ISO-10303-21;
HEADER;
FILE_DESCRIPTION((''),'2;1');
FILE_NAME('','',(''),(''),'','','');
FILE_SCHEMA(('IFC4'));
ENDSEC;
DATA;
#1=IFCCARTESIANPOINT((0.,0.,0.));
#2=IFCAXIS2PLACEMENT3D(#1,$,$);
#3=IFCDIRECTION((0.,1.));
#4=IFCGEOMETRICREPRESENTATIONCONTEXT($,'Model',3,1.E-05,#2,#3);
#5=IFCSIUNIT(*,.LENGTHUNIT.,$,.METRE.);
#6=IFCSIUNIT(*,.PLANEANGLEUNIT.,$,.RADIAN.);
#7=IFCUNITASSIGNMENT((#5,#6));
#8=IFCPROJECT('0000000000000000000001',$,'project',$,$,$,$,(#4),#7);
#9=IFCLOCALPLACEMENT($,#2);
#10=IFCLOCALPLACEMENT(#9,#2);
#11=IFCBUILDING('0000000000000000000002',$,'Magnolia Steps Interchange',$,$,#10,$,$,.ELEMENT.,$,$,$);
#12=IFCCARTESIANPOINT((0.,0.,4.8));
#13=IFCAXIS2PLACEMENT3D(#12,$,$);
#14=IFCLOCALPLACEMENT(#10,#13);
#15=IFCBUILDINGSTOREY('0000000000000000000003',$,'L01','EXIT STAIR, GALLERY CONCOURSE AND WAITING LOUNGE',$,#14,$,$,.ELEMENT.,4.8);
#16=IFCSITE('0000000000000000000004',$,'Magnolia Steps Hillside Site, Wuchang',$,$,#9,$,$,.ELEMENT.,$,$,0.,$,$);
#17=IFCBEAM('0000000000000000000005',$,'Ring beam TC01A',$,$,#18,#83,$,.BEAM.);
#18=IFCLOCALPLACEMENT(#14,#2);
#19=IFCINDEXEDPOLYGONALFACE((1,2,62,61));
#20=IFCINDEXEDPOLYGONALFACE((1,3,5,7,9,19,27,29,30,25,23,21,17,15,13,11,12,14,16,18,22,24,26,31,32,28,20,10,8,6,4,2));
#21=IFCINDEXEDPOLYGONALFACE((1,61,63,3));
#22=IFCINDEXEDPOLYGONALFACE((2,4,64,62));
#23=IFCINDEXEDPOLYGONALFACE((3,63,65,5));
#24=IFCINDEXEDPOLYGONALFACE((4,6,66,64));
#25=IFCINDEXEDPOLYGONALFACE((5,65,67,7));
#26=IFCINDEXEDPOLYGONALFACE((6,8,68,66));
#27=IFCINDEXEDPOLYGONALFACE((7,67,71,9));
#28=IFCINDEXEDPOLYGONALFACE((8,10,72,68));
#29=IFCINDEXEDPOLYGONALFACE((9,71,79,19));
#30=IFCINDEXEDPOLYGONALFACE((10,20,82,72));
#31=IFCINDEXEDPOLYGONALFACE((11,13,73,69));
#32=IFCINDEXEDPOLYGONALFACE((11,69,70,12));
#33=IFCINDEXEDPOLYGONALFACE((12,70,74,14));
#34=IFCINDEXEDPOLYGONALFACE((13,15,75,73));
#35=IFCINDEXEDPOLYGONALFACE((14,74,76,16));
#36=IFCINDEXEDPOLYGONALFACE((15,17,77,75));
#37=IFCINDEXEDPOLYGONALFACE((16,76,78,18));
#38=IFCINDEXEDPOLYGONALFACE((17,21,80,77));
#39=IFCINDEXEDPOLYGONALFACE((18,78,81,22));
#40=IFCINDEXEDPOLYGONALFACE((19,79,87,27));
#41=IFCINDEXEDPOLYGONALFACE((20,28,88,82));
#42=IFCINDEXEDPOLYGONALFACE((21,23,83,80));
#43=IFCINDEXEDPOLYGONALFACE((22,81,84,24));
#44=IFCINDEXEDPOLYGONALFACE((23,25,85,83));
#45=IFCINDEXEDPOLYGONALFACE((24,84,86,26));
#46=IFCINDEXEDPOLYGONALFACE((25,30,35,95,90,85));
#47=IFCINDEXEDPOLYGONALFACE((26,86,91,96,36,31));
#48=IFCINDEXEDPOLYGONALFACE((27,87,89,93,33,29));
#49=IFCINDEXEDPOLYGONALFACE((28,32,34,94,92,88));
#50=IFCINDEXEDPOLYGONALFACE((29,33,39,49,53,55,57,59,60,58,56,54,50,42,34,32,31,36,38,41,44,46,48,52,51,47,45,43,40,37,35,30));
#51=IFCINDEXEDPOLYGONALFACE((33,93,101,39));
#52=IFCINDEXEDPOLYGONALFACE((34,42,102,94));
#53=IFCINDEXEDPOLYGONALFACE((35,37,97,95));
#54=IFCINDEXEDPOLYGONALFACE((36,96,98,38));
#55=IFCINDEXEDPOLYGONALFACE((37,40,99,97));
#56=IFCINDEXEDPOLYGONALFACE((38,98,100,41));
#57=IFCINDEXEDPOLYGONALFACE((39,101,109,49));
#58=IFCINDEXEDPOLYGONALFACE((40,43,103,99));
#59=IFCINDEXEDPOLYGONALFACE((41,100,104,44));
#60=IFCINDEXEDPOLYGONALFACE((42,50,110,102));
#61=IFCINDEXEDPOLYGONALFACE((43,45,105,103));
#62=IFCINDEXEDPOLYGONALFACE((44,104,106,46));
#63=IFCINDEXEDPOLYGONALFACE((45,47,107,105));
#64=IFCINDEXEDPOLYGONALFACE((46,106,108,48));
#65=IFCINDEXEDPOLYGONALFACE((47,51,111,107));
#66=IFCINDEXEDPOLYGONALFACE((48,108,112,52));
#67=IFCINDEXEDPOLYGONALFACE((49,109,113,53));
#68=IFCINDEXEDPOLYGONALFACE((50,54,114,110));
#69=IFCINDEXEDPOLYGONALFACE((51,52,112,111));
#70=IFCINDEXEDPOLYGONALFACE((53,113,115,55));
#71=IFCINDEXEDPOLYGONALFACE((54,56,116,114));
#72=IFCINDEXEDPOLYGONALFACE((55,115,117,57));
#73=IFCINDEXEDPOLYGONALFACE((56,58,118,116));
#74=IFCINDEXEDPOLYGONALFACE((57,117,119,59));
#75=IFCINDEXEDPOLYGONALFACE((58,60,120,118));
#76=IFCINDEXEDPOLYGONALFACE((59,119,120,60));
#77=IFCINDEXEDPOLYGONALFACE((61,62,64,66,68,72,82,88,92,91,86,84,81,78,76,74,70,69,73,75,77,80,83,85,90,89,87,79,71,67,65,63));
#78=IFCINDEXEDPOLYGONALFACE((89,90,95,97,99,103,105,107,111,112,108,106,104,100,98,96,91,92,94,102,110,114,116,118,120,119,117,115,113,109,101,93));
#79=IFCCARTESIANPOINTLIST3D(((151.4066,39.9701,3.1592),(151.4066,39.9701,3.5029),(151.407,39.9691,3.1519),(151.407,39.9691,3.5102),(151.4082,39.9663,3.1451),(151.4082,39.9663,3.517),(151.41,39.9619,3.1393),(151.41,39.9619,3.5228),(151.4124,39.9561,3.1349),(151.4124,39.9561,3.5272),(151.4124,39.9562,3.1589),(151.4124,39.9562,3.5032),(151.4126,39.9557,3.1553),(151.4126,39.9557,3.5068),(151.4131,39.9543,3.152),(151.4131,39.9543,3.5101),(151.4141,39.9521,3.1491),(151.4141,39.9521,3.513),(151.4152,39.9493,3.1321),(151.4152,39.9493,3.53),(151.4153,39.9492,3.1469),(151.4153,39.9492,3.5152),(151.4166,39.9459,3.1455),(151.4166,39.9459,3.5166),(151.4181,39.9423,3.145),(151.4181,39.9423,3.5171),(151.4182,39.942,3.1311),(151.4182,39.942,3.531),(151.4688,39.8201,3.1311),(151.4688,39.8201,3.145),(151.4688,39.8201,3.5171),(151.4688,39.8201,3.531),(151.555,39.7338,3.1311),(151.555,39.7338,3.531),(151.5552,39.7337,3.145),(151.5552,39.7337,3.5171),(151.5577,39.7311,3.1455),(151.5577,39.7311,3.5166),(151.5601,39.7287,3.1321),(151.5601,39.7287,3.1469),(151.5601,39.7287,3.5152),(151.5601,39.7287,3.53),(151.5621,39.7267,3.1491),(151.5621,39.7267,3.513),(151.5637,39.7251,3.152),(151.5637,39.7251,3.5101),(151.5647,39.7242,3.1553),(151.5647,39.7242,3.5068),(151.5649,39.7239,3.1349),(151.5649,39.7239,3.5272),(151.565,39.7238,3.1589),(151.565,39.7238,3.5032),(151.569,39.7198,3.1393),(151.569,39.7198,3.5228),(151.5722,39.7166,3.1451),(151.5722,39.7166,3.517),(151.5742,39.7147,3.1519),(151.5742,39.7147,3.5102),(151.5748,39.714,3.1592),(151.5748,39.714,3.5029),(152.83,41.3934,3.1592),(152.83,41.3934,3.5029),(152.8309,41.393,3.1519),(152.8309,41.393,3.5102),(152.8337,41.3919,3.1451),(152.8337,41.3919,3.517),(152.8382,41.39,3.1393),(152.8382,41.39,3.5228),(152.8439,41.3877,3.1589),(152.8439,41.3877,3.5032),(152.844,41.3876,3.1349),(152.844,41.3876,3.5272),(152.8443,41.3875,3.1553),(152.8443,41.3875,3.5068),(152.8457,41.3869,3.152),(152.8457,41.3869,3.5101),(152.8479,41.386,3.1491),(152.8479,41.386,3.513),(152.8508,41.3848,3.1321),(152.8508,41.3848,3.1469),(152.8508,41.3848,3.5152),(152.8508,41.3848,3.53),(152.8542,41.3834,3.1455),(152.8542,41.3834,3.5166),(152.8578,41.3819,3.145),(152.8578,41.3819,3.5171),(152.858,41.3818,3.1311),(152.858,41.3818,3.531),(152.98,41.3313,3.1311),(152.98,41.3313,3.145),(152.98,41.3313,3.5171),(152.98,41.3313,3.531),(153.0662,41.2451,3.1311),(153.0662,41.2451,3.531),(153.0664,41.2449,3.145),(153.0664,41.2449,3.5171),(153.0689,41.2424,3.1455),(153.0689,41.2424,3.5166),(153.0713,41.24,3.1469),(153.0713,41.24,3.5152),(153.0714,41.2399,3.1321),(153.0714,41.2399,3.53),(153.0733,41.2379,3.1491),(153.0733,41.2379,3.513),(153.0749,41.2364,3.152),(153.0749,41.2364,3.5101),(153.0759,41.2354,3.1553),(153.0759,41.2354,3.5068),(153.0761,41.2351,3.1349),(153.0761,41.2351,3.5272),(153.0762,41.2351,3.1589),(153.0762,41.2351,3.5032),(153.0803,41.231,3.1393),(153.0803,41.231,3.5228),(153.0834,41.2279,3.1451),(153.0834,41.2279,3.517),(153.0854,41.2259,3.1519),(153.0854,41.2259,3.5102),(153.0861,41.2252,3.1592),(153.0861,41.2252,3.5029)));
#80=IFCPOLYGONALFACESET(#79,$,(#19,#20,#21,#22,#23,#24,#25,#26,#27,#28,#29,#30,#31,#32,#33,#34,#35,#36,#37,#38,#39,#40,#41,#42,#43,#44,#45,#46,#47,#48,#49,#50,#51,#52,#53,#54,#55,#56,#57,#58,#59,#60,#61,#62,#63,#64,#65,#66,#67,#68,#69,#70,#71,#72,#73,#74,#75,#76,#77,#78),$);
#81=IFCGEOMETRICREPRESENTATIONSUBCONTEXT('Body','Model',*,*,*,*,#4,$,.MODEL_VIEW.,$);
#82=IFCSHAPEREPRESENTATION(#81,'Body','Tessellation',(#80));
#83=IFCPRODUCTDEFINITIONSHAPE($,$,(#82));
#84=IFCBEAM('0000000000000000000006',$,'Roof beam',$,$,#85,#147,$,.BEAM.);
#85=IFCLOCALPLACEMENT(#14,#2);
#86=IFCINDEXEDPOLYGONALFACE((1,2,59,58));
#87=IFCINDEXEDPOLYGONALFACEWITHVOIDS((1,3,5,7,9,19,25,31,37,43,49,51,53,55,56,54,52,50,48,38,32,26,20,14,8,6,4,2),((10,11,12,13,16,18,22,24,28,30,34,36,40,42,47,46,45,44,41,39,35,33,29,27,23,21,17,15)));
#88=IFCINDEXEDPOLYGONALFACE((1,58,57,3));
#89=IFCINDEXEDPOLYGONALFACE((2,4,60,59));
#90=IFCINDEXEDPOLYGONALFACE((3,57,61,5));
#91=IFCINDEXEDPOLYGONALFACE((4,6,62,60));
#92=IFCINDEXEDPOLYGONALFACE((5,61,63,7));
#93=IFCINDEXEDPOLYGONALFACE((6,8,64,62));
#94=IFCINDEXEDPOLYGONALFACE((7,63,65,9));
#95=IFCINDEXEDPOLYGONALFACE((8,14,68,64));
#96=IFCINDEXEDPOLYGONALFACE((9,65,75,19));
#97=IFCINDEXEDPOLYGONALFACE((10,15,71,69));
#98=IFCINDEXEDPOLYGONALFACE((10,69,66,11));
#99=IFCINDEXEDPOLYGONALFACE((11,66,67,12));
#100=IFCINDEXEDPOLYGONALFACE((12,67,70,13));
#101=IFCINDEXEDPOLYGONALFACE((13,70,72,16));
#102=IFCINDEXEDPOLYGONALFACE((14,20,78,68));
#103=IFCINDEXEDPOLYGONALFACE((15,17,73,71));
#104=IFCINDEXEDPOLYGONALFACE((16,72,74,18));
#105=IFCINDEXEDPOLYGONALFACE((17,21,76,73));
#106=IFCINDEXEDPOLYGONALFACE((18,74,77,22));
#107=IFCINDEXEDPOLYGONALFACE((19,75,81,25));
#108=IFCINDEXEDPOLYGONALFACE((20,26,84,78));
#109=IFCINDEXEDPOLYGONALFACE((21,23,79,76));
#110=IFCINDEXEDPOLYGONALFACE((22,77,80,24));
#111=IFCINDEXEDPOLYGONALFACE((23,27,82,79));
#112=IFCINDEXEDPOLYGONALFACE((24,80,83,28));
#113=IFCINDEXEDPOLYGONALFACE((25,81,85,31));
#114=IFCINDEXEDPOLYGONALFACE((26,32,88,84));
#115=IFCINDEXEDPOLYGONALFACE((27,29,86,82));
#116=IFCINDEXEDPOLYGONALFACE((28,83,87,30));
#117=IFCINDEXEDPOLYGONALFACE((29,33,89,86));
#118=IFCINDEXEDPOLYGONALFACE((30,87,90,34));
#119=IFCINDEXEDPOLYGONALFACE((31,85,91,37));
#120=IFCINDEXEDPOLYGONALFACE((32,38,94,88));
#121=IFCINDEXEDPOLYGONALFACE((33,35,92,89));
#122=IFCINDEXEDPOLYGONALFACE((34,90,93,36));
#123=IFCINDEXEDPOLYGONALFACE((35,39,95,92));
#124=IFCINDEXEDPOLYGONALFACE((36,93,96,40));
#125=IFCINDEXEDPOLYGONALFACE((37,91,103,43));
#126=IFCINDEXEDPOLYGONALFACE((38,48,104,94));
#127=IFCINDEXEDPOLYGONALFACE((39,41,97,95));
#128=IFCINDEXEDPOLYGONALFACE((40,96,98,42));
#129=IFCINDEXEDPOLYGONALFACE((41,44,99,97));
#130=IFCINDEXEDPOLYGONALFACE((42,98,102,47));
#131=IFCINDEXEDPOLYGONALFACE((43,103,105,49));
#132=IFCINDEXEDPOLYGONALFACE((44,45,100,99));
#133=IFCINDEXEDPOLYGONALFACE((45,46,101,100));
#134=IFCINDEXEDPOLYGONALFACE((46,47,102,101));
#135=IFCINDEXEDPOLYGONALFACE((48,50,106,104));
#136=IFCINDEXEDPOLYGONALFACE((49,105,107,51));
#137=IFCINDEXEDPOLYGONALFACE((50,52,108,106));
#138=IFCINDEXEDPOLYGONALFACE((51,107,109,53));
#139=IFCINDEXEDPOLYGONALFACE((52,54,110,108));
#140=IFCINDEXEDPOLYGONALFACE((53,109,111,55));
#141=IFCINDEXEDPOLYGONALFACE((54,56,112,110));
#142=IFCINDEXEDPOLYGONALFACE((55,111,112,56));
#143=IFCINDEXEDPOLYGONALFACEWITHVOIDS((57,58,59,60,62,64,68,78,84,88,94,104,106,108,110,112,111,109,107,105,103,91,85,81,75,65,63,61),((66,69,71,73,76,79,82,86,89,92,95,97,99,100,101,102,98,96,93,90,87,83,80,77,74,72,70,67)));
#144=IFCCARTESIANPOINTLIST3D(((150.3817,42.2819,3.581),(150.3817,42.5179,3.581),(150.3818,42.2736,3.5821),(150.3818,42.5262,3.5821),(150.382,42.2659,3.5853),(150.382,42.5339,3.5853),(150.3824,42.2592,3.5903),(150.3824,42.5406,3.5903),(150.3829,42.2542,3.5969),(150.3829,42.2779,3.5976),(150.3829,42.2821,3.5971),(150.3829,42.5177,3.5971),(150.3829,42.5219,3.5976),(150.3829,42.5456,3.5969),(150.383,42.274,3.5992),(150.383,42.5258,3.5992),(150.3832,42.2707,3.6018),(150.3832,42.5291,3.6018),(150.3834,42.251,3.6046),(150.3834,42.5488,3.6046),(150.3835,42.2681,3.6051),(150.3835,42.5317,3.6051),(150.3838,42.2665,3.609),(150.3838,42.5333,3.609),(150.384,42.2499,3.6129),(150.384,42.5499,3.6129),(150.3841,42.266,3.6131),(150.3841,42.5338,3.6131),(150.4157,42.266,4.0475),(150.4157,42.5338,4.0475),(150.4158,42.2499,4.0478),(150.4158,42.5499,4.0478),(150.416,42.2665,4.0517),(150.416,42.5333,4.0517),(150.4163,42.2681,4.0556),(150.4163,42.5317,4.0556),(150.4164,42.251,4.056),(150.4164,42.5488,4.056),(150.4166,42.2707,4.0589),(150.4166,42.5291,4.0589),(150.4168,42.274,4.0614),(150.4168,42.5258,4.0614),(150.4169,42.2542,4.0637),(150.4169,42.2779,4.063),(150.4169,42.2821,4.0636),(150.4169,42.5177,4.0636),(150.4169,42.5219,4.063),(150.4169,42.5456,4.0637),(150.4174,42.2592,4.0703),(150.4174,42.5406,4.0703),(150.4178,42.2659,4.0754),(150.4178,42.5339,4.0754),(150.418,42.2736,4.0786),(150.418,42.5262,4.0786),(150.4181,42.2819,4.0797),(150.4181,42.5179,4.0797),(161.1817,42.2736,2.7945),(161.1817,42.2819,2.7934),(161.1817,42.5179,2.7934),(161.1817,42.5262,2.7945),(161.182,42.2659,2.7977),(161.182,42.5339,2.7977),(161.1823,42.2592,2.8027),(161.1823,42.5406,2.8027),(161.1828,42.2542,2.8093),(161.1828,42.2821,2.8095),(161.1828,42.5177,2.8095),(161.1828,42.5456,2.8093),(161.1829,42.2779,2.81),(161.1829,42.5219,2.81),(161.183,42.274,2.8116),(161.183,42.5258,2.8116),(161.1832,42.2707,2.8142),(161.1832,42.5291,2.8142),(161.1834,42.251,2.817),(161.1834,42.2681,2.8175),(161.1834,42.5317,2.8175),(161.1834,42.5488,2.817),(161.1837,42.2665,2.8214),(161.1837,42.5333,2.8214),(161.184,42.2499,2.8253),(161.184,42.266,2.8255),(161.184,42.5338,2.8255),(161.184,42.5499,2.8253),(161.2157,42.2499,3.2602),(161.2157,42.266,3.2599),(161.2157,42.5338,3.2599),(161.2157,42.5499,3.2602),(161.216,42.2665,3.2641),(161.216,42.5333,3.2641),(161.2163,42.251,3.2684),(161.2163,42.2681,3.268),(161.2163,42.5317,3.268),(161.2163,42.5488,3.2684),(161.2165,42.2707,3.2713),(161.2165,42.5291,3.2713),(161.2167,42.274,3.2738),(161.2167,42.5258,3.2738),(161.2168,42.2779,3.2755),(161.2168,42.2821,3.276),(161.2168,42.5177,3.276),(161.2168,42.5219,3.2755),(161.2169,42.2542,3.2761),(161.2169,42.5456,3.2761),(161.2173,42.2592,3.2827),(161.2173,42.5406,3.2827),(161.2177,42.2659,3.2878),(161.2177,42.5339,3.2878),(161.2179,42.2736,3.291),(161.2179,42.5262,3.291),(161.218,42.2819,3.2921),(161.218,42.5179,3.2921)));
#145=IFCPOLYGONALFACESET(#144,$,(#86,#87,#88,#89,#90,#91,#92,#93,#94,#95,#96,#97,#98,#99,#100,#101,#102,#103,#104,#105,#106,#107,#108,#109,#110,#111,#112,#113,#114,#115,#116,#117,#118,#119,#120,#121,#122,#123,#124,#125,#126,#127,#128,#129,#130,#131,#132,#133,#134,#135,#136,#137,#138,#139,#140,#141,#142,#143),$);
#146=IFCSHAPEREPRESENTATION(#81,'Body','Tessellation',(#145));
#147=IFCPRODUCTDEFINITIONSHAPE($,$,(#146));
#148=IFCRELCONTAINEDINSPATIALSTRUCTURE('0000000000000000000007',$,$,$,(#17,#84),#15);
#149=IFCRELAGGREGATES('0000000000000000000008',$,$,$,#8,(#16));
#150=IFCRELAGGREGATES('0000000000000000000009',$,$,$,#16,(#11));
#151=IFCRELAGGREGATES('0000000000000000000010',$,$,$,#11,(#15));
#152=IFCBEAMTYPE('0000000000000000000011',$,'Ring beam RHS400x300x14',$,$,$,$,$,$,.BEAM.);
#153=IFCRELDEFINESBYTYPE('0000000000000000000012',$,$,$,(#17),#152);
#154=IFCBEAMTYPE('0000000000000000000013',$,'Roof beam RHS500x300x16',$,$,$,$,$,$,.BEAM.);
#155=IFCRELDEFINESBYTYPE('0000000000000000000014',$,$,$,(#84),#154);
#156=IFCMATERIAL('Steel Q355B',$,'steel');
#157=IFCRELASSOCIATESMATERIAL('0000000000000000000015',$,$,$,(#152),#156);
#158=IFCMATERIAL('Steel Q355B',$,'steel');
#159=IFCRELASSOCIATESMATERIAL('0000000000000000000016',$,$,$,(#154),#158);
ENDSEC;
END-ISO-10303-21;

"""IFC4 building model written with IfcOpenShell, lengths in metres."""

from ifc_helpers import new_model, si_unit, direction, frame, origin, origin_2d, place, context, subcontext, project, spatial, hollow_rectangle, extrude, clip, halfspace, material, material_profile, profile_set, type_object, element, save


model = new_model("IFC4")

# Units and contexts
model_context = context("Model", 3, precision=1e-05, world=origin(), true_north=direction((0.0, 1.0)))
body_context = subcontext(model_context, "Body", "Model", "MODEL_VIEW")
ifc_project = project(units=[si_unit("LENGTHUNIT", "METRE"), si_unit("PLANEANGLEUNIT", "RADIAN")], contexts=[model_context])

# Site, building, storey
site_placement = place(None, origin())
site = spatial("IfcSite", under=ifc_project, at=site_placement, Name="Magnolia Steps Hillside Site, Wuchang", CompositionType="ELEMENT", RefElevation=0.0)
building_placement = place(site_placement, origin())
building = spatial("IfcBuilding", under=site, at=building_placement, Name="Magnolia Steps Interchange", CompositionType="ELEMENT")
storey_placement = place(building_placement, frame((0.0, 0.0, 4.8)))
storey = spatial("IfcBuildingStorey", under=building, at=storey_placement, Name="L01", Description="EXIT STAIR, GALLERY CONCOURSE AND WAITING LOUNGE", CompositionType="ELEMENT", Elevation=4.8)

# Beams
ifc_material_1 = material(Name="Steel Q355B", Category="steel")
ifc_material_profile_1 = material_profile(ifc_material_1, hollow_rectangle(XDim=0.3, YDim=0.3999, WallThickness=0.0139, InnerFilletRadius=0.0139, OuterFilletRadius=0.0281, at=origin_2d()), Name="RHS400x300x14")
ifc_profile_set_1 = profile_set([ifc_material_profile_1], Name="Steel Q355B")
beam_type_1 = type_object("IfcBeamType", Name="Ring beam RHS400x300x14", PredefinedType="BEAM", material=ifc_profile_set_1)
beam_1_placement = place(storey_placement, frame((151.4688, 39.8201, 3.3311), z_axis=(0.707107, 0.707107, 0.0), x_axis=(-0.707107, 0.707107, 0.0)))
element("IfcBeam", 1, at=beam_1_placement, inside=storey, type_object=beam_type_1, Name="Ring beam TC01A", PredefinedType="BEAM", context=body_context, shape_type="Clipping", body=[
    clip(clip(extrude(hollow_rectangle(XDim=0.3, YDim=0.3999, WallThickness=0.0139, InnerFilletRadius=0.0139, OuterFilletRadius=0.0281, at=origin_2d()), origin(), (0.0, 0.0, 1.0), 2.1372), halfspace(frame((0.0, 0.0, 0.0), z_axis=(0.382683, 0.0, -0.92388), x_axis=(0.92388, 0.0, 0.382683)), False)), halfspace(frame((0.0, 0.0, 2.1372), z_axis=(0.382683, 0.0, 0.92388), x_axis=(0.92388, 0.0, -0.382683)), False)),
])
ifc_material_2 = material(Name="Steel Q355B", Category="steel")
ifc_material_profile_2 = material_profile(ifc_material_2, hollow_rectangle(XDim=0.3, YDim=0.5, WallThickness=0.0161, InnerFilletRadius=0.0161, OuterFilletRadius=0.032, at=origin_2d()), Name="RHS500x300x16")
ifc_profile_set_2 = profile_set([ifc_material_profile_2], Name="Steel Q355B")
beam_type_2 = type_object("IfcBeamType", Name="Roof beam RHS500x300x16", PredefinedType="BEAM", material=ifc_profile_set_2)
beam_2_placement = place(storey_placement, frame((150.3999, 42.3999, 3.8303), z_axis=(0.997352, 0.0, -0.072732), x_axis=(0.0, 1.0, 0.0)))
element("IfcBeam", 2, at=beam_2_placement, inside=storey, type_object=beam_type_2, Name="Roof beam", PredefinedType="BEAM", context=body_context, shape_type="SweptSolid", body=[
    extrude(hollow_rectangle(XDim=0.3, YDim=0.5, WallThickness=0.0161, InnerFilletRadius=0.0161, OuterFilletRadius=0.032, at=origin_2d()), origin(), (0.0, 0.0, 1.0), 10.8286),
])

save(model, "model.ifc")
